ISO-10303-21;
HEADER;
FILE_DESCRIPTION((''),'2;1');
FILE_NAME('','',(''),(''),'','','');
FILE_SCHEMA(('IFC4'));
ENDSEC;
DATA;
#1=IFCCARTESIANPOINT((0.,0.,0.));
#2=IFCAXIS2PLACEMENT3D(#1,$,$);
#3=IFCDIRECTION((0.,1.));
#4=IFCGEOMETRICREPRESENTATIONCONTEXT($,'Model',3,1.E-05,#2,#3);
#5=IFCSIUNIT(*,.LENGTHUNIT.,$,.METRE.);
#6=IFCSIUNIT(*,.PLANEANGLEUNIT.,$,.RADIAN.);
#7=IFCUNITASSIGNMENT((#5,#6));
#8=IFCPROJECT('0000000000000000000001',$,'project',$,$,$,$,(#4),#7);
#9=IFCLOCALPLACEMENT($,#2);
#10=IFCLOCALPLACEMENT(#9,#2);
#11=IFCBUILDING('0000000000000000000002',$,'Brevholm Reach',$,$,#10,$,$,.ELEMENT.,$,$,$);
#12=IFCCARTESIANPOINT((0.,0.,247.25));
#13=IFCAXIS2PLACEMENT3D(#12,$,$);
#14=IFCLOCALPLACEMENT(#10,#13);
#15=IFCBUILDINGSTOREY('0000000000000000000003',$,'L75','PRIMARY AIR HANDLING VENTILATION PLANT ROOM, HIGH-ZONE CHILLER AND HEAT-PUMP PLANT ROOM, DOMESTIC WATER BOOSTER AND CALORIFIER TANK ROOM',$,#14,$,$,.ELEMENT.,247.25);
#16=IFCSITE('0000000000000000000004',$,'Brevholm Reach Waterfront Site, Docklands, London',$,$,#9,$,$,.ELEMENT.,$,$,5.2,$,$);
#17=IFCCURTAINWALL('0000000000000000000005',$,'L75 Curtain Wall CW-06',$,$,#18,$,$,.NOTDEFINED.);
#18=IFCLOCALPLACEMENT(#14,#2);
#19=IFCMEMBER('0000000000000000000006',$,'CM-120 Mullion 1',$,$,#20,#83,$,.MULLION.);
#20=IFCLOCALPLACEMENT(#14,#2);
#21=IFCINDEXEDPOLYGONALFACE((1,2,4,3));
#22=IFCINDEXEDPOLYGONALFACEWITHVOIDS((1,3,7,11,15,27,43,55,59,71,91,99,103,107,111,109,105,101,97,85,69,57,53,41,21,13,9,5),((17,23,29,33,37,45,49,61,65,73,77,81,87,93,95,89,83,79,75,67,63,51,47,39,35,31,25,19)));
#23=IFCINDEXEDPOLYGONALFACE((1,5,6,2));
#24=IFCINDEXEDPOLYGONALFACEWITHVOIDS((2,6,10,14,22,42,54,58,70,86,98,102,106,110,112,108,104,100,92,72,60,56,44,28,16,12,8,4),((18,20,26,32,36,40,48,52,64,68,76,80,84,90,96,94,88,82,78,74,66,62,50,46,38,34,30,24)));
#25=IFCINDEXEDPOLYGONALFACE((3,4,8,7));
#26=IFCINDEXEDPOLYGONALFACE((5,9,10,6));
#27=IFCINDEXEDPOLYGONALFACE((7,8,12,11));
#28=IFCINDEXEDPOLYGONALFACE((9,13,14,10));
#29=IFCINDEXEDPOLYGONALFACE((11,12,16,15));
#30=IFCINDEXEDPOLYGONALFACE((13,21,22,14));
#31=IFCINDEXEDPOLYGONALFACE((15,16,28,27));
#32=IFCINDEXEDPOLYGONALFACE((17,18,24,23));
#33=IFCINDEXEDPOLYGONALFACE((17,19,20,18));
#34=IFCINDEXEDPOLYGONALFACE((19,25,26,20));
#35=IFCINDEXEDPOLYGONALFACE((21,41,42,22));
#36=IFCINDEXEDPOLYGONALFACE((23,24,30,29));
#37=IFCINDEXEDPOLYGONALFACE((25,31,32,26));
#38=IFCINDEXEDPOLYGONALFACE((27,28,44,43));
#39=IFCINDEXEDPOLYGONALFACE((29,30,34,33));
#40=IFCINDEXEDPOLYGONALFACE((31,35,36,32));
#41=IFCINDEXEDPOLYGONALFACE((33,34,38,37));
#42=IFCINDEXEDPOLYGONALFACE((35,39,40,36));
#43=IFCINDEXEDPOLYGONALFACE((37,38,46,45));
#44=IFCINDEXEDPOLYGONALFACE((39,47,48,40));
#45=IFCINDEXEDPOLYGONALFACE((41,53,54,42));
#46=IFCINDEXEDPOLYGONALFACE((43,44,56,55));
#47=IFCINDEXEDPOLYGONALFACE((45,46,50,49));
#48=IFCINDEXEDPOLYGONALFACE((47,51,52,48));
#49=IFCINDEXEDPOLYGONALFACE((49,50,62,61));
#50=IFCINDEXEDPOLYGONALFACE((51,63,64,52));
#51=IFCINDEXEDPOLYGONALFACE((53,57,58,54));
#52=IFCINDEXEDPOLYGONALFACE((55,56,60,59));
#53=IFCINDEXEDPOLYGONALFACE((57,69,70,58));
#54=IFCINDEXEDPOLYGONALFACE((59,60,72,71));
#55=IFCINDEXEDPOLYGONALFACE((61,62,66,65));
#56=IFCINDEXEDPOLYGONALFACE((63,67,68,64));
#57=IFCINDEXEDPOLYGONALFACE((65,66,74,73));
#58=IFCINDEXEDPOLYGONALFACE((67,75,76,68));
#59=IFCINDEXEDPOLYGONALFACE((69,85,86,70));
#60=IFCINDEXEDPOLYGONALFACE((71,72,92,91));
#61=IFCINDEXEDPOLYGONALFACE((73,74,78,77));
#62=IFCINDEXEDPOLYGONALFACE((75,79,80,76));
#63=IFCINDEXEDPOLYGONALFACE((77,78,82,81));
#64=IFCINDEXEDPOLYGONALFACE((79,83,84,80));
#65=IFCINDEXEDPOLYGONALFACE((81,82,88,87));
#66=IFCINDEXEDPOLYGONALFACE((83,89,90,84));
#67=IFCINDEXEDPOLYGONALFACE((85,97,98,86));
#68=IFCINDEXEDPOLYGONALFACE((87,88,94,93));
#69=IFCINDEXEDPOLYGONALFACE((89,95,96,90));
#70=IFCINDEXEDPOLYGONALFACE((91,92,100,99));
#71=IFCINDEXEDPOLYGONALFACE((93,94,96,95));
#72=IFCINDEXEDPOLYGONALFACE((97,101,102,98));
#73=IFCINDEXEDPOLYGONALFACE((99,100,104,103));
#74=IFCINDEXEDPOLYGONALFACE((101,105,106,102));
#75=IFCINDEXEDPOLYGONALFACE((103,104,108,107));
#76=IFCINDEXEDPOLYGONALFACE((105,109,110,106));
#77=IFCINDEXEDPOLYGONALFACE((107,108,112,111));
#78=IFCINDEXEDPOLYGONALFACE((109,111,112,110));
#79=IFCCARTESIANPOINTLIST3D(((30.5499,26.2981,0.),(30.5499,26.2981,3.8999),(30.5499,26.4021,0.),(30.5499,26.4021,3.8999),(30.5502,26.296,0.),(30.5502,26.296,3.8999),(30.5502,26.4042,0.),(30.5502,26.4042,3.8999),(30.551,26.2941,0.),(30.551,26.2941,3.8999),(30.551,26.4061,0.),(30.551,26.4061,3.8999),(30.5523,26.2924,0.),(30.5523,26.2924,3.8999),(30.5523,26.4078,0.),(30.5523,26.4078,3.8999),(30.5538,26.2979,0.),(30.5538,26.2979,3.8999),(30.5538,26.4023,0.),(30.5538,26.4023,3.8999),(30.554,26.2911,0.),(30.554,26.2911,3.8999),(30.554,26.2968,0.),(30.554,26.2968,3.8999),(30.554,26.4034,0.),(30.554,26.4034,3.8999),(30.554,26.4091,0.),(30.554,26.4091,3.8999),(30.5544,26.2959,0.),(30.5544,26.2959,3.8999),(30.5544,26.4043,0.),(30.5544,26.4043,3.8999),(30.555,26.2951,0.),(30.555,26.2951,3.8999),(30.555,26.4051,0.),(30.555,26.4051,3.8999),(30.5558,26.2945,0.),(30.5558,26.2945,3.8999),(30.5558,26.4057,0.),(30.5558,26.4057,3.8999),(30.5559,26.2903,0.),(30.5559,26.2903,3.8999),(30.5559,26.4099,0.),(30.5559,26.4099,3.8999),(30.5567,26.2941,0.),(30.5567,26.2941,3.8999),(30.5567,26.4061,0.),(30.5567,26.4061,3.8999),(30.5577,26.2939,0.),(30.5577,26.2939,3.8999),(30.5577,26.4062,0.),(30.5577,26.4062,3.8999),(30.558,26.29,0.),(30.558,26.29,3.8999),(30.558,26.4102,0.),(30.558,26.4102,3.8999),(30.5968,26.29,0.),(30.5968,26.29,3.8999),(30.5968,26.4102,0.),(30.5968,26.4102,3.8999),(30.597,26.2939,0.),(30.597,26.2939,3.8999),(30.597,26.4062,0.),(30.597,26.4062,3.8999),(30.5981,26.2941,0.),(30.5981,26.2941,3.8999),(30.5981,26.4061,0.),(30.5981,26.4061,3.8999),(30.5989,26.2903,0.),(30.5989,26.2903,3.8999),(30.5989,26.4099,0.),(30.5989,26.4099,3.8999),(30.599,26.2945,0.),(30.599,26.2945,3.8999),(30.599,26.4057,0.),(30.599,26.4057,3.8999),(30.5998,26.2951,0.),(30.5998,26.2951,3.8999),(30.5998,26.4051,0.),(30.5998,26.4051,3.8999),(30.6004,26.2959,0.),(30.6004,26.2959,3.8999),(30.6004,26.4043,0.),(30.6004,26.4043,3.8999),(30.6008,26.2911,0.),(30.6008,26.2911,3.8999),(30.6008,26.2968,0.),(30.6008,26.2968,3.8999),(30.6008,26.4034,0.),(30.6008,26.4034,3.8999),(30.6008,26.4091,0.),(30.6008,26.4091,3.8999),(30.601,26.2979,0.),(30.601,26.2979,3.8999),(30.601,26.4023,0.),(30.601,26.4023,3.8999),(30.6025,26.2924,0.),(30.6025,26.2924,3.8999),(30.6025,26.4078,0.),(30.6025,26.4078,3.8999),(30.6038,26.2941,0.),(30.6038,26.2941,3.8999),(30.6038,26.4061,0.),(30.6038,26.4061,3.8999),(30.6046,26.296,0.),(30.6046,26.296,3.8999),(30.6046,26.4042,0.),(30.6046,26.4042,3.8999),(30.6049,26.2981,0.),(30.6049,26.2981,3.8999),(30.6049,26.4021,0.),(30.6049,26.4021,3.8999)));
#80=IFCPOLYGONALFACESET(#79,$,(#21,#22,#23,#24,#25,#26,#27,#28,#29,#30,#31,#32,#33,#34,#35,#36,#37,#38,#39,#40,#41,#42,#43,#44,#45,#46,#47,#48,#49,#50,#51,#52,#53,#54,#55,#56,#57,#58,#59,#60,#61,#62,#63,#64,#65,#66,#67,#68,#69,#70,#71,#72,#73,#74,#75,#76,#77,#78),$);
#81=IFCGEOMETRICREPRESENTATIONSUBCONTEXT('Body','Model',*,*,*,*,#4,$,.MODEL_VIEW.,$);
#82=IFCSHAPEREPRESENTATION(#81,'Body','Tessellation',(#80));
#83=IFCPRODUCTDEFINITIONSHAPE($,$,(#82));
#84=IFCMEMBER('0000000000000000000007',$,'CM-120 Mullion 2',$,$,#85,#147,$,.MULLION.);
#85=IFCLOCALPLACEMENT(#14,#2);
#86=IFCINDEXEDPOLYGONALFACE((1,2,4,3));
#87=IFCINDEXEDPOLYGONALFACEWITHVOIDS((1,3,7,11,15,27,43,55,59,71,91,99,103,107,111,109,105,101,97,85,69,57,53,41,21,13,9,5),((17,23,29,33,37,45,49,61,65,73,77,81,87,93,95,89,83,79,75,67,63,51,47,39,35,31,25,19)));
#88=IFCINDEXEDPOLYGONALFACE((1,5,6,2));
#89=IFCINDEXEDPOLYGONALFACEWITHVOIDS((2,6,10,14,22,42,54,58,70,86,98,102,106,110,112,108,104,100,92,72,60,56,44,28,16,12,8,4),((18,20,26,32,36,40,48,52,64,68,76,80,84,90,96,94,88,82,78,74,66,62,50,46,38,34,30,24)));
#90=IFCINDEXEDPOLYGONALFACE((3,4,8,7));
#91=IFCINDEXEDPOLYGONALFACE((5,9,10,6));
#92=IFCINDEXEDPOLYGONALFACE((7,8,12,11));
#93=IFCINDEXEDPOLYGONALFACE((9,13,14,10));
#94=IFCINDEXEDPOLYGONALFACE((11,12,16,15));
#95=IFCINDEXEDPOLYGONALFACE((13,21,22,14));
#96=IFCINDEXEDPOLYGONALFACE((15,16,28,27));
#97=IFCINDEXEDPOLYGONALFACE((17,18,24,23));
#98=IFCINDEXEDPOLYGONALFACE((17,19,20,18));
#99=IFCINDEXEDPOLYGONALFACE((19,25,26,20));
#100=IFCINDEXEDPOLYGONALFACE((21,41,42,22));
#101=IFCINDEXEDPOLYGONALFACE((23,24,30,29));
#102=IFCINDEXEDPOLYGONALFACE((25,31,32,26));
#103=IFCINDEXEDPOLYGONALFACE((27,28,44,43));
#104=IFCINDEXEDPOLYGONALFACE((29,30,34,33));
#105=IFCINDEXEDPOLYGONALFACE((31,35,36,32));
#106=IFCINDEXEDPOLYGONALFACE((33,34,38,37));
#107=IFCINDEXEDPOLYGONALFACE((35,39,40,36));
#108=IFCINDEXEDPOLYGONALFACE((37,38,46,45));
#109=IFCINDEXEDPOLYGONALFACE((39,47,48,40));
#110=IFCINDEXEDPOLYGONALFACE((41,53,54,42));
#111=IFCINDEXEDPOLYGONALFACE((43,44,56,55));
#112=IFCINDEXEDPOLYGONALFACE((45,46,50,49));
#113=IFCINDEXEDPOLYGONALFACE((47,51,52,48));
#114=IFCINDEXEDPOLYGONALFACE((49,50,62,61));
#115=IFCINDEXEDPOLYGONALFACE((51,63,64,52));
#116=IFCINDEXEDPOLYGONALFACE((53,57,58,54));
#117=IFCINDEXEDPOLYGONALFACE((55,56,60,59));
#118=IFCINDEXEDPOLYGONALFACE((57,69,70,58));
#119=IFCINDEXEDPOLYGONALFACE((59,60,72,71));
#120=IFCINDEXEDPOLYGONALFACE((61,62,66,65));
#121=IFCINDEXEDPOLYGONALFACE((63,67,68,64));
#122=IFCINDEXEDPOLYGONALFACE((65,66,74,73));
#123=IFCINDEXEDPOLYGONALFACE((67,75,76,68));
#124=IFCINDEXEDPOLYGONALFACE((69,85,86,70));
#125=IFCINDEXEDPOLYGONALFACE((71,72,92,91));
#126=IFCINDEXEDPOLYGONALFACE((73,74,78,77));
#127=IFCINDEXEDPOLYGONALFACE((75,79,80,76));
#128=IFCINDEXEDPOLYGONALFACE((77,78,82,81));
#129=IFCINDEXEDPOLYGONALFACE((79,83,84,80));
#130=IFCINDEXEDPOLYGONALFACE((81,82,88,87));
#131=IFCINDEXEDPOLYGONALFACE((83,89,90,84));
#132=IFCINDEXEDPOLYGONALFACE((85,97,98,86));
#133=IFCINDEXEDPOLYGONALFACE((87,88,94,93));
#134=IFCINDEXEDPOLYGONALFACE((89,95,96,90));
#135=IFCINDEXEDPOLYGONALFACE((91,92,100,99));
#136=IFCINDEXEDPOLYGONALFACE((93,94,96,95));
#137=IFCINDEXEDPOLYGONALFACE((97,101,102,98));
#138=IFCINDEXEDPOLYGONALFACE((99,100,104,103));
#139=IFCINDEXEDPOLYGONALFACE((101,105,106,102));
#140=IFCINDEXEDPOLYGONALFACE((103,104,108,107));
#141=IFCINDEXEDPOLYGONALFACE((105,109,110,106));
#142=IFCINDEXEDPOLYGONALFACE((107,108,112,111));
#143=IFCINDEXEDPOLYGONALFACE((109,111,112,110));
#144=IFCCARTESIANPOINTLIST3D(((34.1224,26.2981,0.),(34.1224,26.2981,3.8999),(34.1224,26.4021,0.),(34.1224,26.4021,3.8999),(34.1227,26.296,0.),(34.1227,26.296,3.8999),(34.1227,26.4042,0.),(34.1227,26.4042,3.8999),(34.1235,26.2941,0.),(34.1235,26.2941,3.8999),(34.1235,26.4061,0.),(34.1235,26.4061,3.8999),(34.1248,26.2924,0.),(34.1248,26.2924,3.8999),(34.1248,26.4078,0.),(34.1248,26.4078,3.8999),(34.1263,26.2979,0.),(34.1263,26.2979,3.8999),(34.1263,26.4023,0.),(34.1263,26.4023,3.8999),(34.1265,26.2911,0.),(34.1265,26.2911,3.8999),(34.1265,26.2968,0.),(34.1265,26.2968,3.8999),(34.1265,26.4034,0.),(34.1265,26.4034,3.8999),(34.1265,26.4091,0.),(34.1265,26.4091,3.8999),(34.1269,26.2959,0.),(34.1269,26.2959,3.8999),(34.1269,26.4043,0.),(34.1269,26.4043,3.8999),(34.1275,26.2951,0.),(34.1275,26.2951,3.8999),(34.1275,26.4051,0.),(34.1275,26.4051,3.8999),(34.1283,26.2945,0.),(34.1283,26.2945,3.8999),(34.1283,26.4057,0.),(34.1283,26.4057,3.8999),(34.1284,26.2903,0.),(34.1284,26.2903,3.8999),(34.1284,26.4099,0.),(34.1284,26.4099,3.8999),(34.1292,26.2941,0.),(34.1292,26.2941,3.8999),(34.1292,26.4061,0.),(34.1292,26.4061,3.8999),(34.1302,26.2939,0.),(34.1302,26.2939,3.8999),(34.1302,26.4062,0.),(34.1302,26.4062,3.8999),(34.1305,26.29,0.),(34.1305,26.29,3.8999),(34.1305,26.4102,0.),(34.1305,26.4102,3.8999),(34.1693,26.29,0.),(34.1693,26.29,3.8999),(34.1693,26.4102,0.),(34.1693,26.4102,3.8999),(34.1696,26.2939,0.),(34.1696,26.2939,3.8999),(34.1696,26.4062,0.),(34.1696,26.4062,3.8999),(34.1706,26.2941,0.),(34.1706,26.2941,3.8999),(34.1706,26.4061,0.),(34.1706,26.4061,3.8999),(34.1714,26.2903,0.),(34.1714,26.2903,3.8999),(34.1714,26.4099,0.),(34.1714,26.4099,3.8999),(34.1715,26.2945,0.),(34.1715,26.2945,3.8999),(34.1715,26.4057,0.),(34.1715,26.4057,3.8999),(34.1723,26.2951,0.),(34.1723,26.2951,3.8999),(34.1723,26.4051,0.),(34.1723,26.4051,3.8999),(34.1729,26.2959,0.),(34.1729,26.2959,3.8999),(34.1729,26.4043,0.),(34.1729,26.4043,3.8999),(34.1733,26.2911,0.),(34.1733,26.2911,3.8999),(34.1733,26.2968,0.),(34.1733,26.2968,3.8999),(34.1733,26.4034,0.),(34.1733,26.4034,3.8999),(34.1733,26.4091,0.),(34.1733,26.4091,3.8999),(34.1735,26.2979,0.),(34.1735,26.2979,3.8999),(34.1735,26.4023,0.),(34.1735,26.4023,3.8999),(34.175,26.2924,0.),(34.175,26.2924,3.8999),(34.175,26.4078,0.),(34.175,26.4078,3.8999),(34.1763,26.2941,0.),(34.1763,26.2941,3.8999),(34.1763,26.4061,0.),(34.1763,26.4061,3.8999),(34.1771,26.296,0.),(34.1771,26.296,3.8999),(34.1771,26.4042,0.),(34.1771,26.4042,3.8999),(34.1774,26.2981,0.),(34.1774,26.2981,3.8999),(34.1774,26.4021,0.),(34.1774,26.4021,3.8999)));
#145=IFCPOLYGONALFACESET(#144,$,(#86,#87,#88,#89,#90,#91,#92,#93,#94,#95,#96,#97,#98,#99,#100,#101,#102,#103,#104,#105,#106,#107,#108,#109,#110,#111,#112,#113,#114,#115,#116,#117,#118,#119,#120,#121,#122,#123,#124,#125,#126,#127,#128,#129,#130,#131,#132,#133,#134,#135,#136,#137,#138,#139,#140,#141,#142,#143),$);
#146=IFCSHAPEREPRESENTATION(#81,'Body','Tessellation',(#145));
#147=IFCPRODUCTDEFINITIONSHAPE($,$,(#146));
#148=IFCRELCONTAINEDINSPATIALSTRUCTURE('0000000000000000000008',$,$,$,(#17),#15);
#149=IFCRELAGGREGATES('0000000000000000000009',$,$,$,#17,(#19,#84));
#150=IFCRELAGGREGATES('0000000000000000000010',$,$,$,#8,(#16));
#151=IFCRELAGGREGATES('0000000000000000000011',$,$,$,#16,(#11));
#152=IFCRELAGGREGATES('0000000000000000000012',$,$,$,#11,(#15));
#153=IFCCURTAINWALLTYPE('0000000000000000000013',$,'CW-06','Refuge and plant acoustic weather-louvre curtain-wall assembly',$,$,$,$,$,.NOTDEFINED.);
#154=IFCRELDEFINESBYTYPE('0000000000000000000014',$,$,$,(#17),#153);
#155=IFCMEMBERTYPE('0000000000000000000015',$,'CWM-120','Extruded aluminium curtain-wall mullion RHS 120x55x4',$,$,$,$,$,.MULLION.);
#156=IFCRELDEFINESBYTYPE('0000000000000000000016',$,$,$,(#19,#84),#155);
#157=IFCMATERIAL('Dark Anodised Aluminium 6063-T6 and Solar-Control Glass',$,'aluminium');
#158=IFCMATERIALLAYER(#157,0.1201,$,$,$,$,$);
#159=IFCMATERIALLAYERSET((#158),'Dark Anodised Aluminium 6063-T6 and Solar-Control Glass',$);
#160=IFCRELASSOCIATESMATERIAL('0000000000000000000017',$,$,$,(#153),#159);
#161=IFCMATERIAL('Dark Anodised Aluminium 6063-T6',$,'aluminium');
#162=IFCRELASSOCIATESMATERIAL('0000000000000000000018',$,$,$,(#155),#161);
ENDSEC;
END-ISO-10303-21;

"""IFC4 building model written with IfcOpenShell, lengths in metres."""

from ifc_helpers import new_model, si_unit, direction, frame, origin, origin_2d, place, context, subcontext, project, spatial, hollow_rectangle, extrude, material, layer, layer_set, material_profile, profile_set, type_object, element, aggregate, save


model = new_model("IFC4")

# Units and contexts
model_context = context("Model", 3, precision=1e-05, world=origin(), true_north=direction((0.0, 1.0)))
body_context = subcontext(model_context, "Body", "Model", "MODEL_VIEW")
ifc_project = project(units=[si_unit("LENGTHUNIT", "METRE"), si_unit("PLANEANGLEUNIT", "RADIAN")], contexts=[model_context])

# Site, building, storey
site_placement = place(None, origin())
site = spatial("IfcSite", under=ifc_project, at=site_placement, Name="Brevholm Reach Waterfront Site, Docklands, London", CompositionType="ELEMENT", RefElevation=5.2)
building_placement = place(site_placement, origin())
building = spatial("IfcBuilding", under=site, at=building_placement, Name="Brevholm Reach", CompositionType="ELEMENT")
storey_placement = place(building_placement, frame((0.0, 0.0, 247.25)))
storey = spatial("IfcBuildingStorey", under=building, at=storey_placement, Name="L75", Description="PRIMARY AIR HANDLING VENTILATION PLANT ROOM, HIGH-ZONE CHILLER AND HEAT-PUMP PLANT ROOM, DOMESTIC WATER BOOSTER AND CALORIFIER TANK ROOM", CompositionType="ELEMENT", Elevation=247.25)

# Curtain wall, members
ifc_material_1 = material(Name="Dark Anodised Aluminium 6063-T6 and Solar-Control Glass", Category="aluminium")
ifc_layer_1 = layer(ifc_material_1, 0.1201)
ifc_layer_set_1 = layer_set([ifc_layer_1], Name="Dark Anodised Aluminium 6063-T6 and Solar-Control Glass")
curtain_wall_type = type_object("IfcCurtainWallType", Name="CW-06", Description="Refuge and plant acoustic weather-louvre curtain-wall assembly", PredefinedType="NOTDEFINED", material=ifc_layer_set_1)
curtain_wall_placement = place(storey_placement, origin())
curtain_wall = element("IfcCurtainWall", 1, at=curtain_wall_placement, inside=storey, type_object=curtain_wall_type, Name="L75 Curtain Wall CW-06", PredefinedType="NOTDEFINED")
ifc_material_2 = material(Name="Dark Anodised Aluminium 6063-T6", Category="aluminium")
ifc_material_profile_1 = material_profile(ifc_material_2, hollow_rectangle(XDim=0.0549, YDim=0.1201, WallThickness=0.0039, InnerFilletRadius=0.0039, OuterFilletRadius=0.0081, at=origin_2d()), Name="RHS 120x55x4")
ifc_profile_set_1 = profile_set([ifc_material_profile_1], Name="Dark Anodised Aluminium 6063-T6")
member_type_1 = type_object("IfcMemberType", Name="CWM-120", Description="Extruded aluminium curtain-wall mullion RHS 120x55x4", PredefinedType="MULLION", material=ifc_profile_set_1)
member_1_placement = place(storey_placement, frame((30.5774, 26.3501, 0.0), z_axis=(0.0, 0.0, 1.0), x_axis=(1.0, 0.0, 0.0)))
member_1 = element("IfcMember", 2, at=member_1_placement, type_object=member_type_1, Name="CM-120 Mullion 1", PredefinedType="MULLION", context=body_context, shape_type="SweptSolid", body=[
    extrude(hollow_rectangle(XDim=0.0549, YDim=0.1201, WallThickness=0.0039, InnerFilletRadius=0.0039, OuterFilletRadius=0.0081, at=origin_2d()), origin(), (0.0, 0.0, 1.0), 3.8999),
])
member_2_placement = place(storey_placement, frame((34.1499, 26.3501, 0.0), z_axis=(0.0, 0.0, 1.0), x_axis=(1.0, 0.0, 0.0)))
member_2 = element("IfcMember", 3, at=member_2_placement, type_object=member_type_1, Name="CM-120 Mullion 2", PredefinedType="MULLION", context=body_context, shape_type="SweptSolid", body=[
    extrude(hollow_rectangle(XDim=0.0549, YDim=0.1201, WallThickness=0.0039, InnerFilletRadius=0.0039, OuterFilletRadius=0.0081, at=origin_2d()), origin(), (0.0, 0.0, 1.0), 3.8999),
])
aggregate(curtain_wall, [member_1, member_2])

save(model, "model.ifc")
